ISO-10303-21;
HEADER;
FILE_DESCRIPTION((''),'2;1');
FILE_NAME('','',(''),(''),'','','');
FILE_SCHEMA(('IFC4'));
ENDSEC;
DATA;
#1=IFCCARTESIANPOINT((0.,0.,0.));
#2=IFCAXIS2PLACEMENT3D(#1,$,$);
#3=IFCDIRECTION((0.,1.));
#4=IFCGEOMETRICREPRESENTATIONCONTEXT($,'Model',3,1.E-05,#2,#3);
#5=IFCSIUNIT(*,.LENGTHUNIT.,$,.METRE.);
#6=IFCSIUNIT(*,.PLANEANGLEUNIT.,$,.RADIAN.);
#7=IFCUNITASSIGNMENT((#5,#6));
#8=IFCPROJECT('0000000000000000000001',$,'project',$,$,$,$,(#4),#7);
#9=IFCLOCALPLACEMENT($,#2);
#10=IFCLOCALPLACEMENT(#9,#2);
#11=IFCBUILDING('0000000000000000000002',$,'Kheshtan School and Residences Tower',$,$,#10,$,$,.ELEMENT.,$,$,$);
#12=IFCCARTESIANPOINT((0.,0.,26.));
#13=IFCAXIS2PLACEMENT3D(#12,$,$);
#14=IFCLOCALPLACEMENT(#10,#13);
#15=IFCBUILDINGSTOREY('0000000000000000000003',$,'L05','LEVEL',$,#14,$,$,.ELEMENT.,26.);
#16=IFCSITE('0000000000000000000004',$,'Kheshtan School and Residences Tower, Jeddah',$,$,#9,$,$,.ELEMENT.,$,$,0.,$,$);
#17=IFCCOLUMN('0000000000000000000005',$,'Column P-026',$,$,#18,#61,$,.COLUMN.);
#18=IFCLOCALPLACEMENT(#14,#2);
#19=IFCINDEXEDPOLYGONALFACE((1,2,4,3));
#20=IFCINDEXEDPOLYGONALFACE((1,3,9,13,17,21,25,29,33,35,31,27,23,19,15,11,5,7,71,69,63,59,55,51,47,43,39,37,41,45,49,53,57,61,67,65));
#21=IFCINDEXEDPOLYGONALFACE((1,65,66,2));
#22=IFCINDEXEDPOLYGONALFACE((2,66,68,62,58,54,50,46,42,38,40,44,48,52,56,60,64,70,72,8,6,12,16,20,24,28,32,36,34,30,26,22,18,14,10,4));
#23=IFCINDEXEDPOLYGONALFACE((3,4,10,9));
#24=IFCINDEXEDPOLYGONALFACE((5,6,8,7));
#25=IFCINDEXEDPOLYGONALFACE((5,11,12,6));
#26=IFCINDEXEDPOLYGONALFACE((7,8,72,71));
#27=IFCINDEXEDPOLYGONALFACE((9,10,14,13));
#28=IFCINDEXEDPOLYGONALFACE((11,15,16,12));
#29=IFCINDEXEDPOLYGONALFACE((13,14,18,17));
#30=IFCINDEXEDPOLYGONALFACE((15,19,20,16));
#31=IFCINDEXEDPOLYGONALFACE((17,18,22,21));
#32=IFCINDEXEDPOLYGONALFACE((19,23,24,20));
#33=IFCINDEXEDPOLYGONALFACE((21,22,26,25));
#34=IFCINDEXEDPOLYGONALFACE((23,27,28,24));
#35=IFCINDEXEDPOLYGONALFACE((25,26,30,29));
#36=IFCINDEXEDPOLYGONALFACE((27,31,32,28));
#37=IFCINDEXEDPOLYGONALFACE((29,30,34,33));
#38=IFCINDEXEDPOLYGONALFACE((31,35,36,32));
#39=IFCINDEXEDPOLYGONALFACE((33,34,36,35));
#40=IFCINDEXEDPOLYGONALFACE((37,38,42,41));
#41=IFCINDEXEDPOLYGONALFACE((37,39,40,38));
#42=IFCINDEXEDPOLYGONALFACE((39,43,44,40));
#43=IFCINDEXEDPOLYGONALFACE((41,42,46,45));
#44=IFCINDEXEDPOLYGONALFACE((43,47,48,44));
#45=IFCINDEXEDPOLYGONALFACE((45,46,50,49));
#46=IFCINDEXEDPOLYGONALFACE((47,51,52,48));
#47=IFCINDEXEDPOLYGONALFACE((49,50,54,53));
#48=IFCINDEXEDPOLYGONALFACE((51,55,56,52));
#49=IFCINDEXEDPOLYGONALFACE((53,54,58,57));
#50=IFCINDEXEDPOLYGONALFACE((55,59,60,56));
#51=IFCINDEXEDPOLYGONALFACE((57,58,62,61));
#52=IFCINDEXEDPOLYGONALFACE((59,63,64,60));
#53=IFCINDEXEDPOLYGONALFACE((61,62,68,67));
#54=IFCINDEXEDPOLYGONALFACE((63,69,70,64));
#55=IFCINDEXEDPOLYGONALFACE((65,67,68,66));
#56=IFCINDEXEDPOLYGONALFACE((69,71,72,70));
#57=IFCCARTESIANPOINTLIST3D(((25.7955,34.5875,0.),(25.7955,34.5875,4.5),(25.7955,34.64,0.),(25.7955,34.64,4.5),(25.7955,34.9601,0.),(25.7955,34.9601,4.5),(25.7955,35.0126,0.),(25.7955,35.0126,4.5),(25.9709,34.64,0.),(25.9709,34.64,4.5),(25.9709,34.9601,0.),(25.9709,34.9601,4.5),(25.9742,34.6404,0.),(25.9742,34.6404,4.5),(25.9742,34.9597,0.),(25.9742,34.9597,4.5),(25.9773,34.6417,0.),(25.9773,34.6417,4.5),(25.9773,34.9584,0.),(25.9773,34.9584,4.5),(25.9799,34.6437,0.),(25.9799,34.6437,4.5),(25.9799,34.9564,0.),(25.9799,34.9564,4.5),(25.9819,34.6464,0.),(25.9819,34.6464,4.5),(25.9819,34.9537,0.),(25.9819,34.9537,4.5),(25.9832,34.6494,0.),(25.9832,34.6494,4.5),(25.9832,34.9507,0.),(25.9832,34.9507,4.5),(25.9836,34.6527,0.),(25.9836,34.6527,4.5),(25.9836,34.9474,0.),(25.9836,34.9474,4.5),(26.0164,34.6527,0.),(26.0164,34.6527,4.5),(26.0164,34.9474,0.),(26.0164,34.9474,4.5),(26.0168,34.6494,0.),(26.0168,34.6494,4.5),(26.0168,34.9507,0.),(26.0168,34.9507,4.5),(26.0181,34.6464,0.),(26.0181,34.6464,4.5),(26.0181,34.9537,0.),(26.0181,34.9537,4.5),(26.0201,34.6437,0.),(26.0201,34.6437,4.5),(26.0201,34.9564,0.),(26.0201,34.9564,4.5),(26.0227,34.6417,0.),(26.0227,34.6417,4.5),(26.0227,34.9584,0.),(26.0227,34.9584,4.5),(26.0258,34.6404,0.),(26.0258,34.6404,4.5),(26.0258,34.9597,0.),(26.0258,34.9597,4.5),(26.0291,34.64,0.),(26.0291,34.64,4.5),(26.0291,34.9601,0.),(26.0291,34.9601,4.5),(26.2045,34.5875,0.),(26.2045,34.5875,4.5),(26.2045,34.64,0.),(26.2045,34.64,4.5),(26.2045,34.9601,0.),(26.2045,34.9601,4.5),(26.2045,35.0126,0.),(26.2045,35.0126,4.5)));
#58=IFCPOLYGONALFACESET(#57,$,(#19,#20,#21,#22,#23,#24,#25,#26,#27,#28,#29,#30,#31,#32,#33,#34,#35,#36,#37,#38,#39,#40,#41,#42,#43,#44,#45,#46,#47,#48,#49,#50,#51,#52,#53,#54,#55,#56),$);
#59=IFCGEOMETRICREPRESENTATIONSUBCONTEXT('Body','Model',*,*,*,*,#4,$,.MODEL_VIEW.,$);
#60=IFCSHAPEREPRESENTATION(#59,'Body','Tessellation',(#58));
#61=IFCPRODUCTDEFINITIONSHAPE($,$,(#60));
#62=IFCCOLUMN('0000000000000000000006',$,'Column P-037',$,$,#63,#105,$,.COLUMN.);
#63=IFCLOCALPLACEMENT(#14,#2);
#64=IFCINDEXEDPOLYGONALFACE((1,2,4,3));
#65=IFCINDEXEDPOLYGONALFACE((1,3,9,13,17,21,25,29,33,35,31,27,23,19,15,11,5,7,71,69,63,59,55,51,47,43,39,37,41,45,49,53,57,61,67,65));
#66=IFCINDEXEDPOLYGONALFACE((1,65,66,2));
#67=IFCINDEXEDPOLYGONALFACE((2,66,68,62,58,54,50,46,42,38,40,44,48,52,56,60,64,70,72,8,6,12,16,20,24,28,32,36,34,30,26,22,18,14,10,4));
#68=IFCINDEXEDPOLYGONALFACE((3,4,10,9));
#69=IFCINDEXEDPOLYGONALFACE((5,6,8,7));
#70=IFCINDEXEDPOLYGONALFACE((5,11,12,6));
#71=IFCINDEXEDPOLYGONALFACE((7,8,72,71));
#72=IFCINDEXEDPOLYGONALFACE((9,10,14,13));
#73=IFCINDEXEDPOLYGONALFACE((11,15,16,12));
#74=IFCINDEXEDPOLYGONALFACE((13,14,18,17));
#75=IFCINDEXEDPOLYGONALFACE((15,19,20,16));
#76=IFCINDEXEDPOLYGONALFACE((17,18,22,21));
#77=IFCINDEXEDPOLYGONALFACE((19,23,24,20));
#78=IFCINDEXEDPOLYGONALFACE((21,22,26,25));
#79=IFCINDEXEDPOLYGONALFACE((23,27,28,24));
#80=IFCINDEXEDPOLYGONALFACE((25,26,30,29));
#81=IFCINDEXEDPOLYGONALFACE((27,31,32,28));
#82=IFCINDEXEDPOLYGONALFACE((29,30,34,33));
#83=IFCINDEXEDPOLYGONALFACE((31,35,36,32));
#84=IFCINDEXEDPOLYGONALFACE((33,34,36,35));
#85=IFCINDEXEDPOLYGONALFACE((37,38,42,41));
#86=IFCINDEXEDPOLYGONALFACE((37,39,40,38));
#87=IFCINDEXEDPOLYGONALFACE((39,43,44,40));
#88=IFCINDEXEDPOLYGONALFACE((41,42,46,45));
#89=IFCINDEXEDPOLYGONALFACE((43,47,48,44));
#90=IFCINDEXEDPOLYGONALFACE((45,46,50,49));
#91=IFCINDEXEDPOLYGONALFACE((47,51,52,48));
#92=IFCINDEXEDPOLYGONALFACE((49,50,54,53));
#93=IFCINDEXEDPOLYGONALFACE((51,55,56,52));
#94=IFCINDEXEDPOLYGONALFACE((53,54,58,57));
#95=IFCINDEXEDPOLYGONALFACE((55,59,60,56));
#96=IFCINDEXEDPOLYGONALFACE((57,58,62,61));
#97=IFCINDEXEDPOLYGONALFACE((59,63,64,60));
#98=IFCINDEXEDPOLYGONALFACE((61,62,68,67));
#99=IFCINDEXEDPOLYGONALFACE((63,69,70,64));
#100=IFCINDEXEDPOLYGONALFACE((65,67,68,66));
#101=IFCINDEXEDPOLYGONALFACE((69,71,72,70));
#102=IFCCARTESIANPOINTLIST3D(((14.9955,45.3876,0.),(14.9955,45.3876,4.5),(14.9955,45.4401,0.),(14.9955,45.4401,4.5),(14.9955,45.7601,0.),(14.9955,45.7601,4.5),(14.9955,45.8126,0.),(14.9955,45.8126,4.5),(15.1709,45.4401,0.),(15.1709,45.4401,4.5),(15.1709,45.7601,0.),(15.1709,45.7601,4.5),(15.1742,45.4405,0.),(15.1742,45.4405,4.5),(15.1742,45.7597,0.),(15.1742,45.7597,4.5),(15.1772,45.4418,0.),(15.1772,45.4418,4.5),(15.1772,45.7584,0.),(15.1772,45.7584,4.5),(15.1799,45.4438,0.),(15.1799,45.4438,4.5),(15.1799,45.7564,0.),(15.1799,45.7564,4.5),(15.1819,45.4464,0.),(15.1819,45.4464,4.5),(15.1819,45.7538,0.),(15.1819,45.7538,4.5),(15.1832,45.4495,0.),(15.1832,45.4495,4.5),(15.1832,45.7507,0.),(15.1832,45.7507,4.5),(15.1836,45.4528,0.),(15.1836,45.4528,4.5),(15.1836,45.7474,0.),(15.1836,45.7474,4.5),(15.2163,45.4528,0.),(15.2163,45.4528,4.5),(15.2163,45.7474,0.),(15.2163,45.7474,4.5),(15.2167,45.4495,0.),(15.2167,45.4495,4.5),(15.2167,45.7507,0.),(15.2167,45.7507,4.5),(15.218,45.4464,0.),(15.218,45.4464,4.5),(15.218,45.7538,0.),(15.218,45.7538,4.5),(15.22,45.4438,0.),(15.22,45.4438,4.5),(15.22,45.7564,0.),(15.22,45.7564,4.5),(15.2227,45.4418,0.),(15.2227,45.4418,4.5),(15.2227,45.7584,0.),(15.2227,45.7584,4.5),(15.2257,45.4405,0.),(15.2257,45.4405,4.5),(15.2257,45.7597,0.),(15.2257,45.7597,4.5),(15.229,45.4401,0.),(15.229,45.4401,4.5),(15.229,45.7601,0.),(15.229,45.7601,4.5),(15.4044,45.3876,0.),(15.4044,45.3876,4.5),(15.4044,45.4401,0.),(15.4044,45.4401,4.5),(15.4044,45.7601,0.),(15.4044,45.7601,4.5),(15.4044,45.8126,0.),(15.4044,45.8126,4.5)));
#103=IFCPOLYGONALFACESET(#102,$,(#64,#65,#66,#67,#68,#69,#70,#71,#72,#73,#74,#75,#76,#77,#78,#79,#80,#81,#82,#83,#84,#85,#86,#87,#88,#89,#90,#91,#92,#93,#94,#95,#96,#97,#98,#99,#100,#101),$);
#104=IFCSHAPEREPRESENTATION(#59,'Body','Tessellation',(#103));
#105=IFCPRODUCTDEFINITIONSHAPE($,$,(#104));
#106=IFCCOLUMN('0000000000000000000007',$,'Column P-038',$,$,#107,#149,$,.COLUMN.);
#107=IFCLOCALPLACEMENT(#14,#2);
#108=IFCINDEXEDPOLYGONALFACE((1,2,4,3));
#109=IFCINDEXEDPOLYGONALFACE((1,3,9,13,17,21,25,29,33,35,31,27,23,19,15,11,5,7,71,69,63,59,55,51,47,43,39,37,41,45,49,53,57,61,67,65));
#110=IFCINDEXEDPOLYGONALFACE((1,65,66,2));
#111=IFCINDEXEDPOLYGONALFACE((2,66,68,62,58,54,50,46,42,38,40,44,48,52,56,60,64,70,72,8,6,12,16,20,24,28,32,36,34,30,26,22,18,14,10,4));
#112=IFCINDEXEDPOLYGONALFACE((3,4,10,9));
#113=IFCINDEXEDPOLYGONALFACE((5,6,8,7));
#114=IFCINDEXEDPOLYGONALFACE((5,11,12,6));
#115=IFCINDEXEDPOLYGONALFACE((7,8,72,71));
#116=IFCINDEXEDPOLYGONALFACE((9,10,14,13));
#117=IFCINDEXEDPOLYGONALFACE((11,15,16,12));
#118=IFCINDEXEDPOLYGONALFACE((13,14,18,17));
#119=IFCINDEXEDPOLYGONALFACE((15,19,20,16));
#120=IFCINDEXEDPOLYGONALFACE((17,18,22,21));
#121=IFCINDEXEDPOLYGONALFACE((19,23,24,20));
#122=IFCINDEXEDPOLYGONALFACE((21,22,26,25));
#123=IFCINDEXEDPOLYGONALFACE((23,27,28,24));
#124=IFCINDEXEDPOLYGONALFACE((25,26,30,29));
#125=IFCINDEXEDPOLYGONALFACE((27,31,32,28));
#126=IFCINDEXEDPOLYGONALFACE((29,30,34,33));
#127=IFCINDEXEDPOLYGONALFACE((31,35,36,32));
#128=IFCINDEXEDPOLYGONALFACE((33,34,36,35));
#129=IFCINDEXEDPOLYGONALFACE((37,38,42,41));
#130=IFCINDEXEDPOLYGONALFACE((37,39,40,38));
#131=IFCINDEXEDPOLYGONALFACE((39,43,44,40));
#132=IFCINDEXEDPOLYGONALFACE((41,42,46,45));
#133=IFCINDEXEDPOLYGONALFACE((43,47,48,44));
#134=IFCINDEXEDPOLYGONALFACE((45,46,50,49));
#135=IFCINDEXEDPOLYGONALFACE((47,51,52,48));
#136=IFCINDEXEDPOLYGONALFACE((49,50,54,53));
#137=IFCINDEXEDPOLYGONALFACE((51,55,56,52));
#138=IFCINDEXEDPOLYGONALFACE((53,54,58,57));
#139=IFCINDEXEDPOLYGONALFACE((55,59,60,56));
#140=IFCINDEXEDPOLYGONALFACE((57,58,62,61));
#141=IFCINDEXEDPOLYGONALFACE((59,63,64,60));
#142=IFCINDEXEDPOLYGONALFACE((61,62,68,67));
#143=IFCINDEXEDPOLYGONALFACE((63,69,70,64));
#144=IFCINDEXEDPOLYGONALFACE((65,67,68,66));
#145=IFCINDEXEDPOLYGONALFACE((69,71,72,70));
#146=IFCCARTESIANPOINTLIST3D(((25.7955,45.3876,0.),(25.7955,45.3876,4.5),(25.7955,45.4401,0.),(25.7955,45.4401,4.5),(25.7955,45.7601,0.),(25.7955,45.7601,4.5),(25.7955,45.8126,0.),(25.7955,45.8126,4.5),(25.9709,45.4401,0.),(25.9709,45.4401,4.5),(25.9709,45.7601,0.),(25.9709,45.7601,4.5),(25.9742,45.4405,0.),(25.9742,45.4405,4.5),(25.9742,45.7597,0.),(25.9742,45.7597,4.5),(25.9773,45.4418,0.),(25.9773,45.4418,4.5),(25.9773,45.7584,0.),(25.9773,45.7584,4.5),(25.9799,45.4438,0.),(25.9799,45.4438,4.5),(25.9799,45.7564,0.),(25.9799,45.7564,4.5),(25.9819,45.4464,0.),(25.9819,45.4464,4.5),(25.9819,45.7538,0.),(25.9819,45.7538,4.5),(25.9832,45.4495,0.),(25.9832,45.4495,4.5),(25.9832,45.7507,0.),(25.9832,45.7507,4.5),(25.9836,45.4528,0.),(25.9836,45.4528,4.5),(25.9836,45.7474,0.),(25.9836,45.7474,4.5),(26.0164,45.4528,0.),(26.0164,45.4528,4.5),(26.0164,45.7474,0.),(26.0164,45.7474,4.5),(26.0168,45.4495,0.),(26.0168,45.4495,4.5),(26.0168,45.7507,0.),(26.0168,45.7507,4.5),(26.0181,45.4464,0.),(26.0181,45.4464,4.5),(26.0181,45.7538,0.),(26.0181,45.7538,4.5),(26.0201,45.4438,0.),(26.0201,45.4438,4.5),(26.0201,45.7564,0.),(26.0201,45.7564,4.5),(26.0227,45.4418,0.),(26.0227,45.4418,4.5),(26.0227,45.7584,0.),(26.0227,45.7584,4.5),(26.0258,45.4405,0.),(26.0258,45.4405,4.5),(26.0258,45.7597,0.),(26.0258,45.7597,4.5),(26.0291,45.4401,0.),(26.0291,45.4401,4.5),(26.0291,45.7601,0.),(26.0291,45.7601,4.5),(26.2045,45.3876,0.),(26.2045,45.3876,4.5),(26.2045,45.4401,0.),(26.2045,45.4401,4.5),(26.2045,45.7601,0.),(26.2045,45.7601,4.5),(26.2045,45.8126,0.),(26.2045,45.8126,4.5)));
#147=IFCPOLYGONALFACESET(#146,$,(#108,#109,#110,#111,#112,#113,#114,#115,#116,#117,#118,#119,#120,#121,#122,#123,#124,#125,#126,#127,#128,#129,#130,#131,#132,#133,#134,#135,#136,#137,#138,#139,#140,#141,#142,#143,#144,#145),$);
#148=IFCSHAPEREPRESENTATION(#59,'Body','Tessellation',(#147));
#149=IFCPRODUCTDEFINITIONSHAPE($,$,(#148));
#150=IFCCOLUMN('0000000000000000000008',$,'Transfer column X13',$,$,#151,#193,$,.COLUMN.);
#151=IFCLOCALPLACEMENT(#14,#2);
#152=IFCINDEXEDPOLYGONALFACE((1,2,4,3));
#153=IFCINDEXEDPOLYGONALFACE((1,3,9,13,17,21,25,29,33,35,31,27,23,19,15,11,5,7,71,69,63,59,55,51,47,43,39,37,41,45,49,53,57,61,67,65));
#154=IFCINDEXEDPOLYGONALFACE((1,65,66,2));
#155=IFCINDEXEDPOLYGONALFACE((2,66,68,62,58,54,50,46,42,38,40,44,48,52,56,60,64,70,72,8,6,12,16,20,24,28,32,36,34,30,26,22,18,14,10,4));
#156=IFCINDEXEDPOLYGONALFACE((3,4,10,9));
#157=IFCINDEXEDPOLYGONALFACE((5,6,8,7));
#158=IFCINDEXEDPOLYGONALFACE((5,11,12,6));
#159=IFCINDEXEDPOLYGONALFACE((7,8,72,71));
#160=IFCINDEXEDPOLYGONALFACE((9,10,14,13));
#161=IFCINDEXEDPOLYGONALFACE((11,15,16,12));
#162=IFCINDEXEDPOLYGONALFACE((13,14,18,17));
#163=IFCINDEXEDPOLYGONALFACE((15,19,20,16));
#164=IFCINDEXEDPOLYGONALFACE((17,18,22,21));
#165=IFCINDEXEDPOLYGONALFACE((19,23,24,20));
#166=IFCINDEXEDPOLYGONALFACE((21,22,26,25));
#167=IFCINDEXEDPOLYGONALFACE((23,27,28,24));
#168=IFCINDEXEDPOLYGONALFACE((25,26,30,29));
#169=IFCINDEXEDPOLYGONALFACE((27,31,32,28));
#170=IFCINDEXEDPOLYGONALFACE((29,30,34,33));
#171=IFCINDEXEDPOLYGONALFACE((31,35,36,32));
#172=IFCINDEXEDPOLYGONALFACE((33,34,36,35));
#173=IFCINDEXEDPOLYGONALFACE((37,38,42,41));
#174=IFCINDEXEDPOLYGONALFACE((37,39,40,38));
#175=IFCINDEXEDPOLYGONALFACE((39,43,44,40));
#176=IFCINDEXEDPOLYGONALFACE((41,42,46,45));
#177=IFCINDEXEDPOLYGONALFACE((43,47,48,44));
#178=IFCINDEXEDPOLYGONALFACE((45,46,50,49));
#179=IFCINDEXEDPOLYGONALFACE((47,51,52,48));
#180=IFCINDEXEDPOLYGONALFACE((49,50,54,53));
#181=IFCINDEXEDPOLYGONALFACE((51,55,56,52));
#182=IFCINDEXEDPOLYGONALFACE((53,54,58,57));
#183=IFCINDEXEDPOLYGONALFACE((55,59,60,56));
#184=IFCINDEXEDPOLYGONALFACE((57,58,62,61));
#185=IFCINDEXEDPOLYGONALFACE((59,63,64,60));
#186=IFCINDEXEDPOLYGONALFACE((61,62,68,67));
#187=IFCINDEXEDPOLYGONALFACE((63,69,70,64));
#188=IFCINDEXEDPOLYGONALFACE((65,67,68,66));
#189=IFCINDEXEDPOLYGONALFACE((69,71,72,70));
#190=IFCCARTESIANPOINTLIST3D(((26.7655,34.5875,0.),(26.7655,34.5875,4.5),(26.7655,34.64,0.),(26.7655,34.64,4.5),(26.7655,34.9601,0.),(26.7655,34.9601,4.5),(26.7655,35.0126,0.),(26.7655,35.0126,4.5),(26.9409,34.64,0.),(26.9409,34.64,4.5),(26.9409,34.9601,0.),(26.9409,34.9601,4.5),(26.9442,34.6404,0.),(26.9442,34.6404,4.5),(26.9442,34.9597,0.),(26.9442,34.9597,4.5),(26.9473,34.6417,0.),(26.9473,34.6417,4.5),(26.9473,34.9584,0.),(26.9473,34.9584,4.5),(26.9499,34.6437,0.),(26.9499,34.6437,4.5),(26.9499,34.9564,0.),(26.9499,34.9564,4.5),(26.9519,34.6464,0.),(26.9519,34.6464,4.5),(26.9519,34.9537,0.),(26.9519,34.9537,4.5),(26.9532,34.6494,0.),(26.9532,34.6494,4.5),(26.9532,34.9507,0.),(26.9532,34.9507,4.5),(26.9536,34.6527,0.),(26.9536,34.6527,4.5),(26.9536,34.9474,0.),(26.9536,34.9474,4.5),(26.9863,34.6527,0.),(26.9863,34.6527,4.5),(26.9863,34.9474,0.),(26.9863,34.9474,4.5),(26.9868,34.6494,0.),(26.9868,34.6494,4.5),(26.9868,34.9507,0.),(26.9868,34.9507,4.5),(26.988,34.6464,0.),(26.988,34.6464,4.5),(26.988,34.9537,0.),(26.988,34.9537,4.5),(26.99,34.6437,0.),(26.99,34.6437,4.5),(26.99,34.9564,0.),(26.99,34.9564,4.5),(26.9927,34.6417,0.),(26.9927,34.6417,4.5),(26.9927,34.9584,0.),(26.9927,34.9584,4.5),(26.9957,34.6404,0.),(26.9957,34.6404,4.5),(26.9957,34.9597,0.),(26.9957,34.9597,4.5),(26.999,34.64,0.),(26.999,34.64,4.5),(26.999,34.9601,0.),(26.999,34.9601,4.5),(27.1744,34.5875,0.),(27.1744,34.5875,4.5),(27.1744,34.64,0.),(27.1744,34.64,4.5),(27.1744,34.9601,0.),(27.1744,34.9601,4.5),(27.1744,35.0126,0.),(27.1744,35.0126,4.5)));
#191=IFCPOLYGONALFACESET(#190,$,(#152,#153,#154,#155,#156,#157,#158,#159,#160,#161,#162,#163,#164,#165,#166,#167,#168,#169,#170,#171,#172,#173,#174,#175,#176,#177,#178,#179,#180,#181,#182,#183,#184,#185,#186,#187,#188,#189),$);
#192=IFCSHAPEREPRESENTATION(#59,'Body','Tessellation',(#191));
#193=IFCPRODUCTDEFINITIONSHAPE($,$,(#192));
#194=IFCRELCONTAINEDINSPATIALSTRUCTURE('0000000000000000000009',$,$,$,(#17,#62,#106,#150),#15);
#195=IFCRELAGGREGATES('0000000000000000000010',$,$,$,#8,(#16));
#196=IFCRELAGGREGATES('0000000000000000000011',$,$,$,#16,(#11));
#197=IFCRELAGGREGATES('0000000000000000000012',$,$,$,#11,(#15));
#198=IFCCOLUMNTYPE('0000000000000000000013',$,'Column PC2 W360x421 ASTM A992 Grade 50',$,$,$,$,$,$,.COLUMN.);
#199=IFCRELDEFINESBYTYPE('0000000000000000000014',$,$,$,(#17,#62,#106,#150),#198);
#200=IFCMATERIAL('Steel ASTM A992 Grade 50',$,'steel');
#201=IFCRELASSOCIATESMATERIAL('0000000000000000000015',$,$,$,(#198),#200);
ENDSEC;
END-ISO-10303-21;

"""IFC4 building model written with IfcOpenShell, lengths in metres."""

from ifc_helpers import new_model, si_unit, direction, frame, origin, origin_2d, place, context, subcontext, project, spatial, i_section, extrude, material, material_profile, profile_set, type_object, element, save


model = new_model("IFC4")

# Units and contexts
model_context = context("Model", 3, precision=1e-05, world=origin(), true_north=direction((0.0, 1.0)))
body_context = subcontext(model_context, "Body", "Model", "MODEL_VIEW")
ifc_project = project(units=[si_unit("LENGTHUNIT", "METRE"), si_unit("PLANEANGLEUNIT", "RADIAN")], contexts=[model_context])

# Site, building, storey
site_placement = place(None, origin())
site = spatial("IfcSite", under=ifc_project, at=site_placement, Name="Kheshtan School and Residences Tower, Jeddah", CompositionType="ELEMENT", RefElevation=0.0)
building_placement = place(site_placement, origin())
building = spatial("IfcBuilding", under=site, at=building_placement, Name="Kheshtan School and Residences Tower", CompositionType="ELEMENT")
storey_placement = place(building_placement, frame((0.0, 0.0, 26.0)))
storey = spatial("IfcBuildingStorey", under=building, at=storey_placement, Name="L05", Description="LEVEL", CompositionType="ELEMENT", Elevation=26.0)

# Columns
ifc_material_1 = material(Name="Steel ASTM A992 Grade 50", Category="steel")
ifc_material_profile_1 = material_profile(ifc_material_1, i_section(OverallWidth=0.4089, OverallDepth=0.425, WebThickness=0.0327, FlangeThickness=0.0525, FilletRadius=0.0127, at=origin_2d()), Name="W360x421")
ifc_profile_set_1 = profile_set([ifc_material_profile_1], Name="Steel ASTM A992 Grade 50")
column_type = type_object("IfcColumnType", Name="Column PC2 W360x421 ASTM A992 Grade 50", PredefinedType="COLUMN", material=ifc_profile_set_1)
for number, where, z_axis, x_axis, name in (
    (1, (26.0, 34.8, 0.0), (0.0, 0.0, 1.0), (1.0, 0.0, 0.0), "Column P-026"),
    (2, (15.2, 45.6001, 0.0), (0.0, 0.0, 1.0), (1.0, 0.0, 0.0), "Column P-037"),
    (3, (26.0, 45.6001, 0.0), (0.0, 0.0, 1.0), (1.0, 0.0, 0.0), "Column P-038"),
    (4, (26.97, 34.8, 0.0), (0.0, 0.0, 1.0), (1.0, 0.0, 0.0), "Transfer column X13"),
):
    element("IfcColumn", number, at=place(storey_placement, frame(where, z_axis=z_axis, x_axis=x_axis)), inside=storey, type_object=column_type, Name=name, PredefinedType="COLUMN", context=body_context, shape_type="SweptSolid", body=[
        extrude(i_section(OverallWidth=0.4089, OverallDepth=0.425, WebThickness=0.0327, FlangeThickness=0.0525, FilletRadius=0.0127, at=origin_2d()), origin(), (0.0, 0.0, 1.0), 4.5),
    ])

save(model, "model.ifc")
